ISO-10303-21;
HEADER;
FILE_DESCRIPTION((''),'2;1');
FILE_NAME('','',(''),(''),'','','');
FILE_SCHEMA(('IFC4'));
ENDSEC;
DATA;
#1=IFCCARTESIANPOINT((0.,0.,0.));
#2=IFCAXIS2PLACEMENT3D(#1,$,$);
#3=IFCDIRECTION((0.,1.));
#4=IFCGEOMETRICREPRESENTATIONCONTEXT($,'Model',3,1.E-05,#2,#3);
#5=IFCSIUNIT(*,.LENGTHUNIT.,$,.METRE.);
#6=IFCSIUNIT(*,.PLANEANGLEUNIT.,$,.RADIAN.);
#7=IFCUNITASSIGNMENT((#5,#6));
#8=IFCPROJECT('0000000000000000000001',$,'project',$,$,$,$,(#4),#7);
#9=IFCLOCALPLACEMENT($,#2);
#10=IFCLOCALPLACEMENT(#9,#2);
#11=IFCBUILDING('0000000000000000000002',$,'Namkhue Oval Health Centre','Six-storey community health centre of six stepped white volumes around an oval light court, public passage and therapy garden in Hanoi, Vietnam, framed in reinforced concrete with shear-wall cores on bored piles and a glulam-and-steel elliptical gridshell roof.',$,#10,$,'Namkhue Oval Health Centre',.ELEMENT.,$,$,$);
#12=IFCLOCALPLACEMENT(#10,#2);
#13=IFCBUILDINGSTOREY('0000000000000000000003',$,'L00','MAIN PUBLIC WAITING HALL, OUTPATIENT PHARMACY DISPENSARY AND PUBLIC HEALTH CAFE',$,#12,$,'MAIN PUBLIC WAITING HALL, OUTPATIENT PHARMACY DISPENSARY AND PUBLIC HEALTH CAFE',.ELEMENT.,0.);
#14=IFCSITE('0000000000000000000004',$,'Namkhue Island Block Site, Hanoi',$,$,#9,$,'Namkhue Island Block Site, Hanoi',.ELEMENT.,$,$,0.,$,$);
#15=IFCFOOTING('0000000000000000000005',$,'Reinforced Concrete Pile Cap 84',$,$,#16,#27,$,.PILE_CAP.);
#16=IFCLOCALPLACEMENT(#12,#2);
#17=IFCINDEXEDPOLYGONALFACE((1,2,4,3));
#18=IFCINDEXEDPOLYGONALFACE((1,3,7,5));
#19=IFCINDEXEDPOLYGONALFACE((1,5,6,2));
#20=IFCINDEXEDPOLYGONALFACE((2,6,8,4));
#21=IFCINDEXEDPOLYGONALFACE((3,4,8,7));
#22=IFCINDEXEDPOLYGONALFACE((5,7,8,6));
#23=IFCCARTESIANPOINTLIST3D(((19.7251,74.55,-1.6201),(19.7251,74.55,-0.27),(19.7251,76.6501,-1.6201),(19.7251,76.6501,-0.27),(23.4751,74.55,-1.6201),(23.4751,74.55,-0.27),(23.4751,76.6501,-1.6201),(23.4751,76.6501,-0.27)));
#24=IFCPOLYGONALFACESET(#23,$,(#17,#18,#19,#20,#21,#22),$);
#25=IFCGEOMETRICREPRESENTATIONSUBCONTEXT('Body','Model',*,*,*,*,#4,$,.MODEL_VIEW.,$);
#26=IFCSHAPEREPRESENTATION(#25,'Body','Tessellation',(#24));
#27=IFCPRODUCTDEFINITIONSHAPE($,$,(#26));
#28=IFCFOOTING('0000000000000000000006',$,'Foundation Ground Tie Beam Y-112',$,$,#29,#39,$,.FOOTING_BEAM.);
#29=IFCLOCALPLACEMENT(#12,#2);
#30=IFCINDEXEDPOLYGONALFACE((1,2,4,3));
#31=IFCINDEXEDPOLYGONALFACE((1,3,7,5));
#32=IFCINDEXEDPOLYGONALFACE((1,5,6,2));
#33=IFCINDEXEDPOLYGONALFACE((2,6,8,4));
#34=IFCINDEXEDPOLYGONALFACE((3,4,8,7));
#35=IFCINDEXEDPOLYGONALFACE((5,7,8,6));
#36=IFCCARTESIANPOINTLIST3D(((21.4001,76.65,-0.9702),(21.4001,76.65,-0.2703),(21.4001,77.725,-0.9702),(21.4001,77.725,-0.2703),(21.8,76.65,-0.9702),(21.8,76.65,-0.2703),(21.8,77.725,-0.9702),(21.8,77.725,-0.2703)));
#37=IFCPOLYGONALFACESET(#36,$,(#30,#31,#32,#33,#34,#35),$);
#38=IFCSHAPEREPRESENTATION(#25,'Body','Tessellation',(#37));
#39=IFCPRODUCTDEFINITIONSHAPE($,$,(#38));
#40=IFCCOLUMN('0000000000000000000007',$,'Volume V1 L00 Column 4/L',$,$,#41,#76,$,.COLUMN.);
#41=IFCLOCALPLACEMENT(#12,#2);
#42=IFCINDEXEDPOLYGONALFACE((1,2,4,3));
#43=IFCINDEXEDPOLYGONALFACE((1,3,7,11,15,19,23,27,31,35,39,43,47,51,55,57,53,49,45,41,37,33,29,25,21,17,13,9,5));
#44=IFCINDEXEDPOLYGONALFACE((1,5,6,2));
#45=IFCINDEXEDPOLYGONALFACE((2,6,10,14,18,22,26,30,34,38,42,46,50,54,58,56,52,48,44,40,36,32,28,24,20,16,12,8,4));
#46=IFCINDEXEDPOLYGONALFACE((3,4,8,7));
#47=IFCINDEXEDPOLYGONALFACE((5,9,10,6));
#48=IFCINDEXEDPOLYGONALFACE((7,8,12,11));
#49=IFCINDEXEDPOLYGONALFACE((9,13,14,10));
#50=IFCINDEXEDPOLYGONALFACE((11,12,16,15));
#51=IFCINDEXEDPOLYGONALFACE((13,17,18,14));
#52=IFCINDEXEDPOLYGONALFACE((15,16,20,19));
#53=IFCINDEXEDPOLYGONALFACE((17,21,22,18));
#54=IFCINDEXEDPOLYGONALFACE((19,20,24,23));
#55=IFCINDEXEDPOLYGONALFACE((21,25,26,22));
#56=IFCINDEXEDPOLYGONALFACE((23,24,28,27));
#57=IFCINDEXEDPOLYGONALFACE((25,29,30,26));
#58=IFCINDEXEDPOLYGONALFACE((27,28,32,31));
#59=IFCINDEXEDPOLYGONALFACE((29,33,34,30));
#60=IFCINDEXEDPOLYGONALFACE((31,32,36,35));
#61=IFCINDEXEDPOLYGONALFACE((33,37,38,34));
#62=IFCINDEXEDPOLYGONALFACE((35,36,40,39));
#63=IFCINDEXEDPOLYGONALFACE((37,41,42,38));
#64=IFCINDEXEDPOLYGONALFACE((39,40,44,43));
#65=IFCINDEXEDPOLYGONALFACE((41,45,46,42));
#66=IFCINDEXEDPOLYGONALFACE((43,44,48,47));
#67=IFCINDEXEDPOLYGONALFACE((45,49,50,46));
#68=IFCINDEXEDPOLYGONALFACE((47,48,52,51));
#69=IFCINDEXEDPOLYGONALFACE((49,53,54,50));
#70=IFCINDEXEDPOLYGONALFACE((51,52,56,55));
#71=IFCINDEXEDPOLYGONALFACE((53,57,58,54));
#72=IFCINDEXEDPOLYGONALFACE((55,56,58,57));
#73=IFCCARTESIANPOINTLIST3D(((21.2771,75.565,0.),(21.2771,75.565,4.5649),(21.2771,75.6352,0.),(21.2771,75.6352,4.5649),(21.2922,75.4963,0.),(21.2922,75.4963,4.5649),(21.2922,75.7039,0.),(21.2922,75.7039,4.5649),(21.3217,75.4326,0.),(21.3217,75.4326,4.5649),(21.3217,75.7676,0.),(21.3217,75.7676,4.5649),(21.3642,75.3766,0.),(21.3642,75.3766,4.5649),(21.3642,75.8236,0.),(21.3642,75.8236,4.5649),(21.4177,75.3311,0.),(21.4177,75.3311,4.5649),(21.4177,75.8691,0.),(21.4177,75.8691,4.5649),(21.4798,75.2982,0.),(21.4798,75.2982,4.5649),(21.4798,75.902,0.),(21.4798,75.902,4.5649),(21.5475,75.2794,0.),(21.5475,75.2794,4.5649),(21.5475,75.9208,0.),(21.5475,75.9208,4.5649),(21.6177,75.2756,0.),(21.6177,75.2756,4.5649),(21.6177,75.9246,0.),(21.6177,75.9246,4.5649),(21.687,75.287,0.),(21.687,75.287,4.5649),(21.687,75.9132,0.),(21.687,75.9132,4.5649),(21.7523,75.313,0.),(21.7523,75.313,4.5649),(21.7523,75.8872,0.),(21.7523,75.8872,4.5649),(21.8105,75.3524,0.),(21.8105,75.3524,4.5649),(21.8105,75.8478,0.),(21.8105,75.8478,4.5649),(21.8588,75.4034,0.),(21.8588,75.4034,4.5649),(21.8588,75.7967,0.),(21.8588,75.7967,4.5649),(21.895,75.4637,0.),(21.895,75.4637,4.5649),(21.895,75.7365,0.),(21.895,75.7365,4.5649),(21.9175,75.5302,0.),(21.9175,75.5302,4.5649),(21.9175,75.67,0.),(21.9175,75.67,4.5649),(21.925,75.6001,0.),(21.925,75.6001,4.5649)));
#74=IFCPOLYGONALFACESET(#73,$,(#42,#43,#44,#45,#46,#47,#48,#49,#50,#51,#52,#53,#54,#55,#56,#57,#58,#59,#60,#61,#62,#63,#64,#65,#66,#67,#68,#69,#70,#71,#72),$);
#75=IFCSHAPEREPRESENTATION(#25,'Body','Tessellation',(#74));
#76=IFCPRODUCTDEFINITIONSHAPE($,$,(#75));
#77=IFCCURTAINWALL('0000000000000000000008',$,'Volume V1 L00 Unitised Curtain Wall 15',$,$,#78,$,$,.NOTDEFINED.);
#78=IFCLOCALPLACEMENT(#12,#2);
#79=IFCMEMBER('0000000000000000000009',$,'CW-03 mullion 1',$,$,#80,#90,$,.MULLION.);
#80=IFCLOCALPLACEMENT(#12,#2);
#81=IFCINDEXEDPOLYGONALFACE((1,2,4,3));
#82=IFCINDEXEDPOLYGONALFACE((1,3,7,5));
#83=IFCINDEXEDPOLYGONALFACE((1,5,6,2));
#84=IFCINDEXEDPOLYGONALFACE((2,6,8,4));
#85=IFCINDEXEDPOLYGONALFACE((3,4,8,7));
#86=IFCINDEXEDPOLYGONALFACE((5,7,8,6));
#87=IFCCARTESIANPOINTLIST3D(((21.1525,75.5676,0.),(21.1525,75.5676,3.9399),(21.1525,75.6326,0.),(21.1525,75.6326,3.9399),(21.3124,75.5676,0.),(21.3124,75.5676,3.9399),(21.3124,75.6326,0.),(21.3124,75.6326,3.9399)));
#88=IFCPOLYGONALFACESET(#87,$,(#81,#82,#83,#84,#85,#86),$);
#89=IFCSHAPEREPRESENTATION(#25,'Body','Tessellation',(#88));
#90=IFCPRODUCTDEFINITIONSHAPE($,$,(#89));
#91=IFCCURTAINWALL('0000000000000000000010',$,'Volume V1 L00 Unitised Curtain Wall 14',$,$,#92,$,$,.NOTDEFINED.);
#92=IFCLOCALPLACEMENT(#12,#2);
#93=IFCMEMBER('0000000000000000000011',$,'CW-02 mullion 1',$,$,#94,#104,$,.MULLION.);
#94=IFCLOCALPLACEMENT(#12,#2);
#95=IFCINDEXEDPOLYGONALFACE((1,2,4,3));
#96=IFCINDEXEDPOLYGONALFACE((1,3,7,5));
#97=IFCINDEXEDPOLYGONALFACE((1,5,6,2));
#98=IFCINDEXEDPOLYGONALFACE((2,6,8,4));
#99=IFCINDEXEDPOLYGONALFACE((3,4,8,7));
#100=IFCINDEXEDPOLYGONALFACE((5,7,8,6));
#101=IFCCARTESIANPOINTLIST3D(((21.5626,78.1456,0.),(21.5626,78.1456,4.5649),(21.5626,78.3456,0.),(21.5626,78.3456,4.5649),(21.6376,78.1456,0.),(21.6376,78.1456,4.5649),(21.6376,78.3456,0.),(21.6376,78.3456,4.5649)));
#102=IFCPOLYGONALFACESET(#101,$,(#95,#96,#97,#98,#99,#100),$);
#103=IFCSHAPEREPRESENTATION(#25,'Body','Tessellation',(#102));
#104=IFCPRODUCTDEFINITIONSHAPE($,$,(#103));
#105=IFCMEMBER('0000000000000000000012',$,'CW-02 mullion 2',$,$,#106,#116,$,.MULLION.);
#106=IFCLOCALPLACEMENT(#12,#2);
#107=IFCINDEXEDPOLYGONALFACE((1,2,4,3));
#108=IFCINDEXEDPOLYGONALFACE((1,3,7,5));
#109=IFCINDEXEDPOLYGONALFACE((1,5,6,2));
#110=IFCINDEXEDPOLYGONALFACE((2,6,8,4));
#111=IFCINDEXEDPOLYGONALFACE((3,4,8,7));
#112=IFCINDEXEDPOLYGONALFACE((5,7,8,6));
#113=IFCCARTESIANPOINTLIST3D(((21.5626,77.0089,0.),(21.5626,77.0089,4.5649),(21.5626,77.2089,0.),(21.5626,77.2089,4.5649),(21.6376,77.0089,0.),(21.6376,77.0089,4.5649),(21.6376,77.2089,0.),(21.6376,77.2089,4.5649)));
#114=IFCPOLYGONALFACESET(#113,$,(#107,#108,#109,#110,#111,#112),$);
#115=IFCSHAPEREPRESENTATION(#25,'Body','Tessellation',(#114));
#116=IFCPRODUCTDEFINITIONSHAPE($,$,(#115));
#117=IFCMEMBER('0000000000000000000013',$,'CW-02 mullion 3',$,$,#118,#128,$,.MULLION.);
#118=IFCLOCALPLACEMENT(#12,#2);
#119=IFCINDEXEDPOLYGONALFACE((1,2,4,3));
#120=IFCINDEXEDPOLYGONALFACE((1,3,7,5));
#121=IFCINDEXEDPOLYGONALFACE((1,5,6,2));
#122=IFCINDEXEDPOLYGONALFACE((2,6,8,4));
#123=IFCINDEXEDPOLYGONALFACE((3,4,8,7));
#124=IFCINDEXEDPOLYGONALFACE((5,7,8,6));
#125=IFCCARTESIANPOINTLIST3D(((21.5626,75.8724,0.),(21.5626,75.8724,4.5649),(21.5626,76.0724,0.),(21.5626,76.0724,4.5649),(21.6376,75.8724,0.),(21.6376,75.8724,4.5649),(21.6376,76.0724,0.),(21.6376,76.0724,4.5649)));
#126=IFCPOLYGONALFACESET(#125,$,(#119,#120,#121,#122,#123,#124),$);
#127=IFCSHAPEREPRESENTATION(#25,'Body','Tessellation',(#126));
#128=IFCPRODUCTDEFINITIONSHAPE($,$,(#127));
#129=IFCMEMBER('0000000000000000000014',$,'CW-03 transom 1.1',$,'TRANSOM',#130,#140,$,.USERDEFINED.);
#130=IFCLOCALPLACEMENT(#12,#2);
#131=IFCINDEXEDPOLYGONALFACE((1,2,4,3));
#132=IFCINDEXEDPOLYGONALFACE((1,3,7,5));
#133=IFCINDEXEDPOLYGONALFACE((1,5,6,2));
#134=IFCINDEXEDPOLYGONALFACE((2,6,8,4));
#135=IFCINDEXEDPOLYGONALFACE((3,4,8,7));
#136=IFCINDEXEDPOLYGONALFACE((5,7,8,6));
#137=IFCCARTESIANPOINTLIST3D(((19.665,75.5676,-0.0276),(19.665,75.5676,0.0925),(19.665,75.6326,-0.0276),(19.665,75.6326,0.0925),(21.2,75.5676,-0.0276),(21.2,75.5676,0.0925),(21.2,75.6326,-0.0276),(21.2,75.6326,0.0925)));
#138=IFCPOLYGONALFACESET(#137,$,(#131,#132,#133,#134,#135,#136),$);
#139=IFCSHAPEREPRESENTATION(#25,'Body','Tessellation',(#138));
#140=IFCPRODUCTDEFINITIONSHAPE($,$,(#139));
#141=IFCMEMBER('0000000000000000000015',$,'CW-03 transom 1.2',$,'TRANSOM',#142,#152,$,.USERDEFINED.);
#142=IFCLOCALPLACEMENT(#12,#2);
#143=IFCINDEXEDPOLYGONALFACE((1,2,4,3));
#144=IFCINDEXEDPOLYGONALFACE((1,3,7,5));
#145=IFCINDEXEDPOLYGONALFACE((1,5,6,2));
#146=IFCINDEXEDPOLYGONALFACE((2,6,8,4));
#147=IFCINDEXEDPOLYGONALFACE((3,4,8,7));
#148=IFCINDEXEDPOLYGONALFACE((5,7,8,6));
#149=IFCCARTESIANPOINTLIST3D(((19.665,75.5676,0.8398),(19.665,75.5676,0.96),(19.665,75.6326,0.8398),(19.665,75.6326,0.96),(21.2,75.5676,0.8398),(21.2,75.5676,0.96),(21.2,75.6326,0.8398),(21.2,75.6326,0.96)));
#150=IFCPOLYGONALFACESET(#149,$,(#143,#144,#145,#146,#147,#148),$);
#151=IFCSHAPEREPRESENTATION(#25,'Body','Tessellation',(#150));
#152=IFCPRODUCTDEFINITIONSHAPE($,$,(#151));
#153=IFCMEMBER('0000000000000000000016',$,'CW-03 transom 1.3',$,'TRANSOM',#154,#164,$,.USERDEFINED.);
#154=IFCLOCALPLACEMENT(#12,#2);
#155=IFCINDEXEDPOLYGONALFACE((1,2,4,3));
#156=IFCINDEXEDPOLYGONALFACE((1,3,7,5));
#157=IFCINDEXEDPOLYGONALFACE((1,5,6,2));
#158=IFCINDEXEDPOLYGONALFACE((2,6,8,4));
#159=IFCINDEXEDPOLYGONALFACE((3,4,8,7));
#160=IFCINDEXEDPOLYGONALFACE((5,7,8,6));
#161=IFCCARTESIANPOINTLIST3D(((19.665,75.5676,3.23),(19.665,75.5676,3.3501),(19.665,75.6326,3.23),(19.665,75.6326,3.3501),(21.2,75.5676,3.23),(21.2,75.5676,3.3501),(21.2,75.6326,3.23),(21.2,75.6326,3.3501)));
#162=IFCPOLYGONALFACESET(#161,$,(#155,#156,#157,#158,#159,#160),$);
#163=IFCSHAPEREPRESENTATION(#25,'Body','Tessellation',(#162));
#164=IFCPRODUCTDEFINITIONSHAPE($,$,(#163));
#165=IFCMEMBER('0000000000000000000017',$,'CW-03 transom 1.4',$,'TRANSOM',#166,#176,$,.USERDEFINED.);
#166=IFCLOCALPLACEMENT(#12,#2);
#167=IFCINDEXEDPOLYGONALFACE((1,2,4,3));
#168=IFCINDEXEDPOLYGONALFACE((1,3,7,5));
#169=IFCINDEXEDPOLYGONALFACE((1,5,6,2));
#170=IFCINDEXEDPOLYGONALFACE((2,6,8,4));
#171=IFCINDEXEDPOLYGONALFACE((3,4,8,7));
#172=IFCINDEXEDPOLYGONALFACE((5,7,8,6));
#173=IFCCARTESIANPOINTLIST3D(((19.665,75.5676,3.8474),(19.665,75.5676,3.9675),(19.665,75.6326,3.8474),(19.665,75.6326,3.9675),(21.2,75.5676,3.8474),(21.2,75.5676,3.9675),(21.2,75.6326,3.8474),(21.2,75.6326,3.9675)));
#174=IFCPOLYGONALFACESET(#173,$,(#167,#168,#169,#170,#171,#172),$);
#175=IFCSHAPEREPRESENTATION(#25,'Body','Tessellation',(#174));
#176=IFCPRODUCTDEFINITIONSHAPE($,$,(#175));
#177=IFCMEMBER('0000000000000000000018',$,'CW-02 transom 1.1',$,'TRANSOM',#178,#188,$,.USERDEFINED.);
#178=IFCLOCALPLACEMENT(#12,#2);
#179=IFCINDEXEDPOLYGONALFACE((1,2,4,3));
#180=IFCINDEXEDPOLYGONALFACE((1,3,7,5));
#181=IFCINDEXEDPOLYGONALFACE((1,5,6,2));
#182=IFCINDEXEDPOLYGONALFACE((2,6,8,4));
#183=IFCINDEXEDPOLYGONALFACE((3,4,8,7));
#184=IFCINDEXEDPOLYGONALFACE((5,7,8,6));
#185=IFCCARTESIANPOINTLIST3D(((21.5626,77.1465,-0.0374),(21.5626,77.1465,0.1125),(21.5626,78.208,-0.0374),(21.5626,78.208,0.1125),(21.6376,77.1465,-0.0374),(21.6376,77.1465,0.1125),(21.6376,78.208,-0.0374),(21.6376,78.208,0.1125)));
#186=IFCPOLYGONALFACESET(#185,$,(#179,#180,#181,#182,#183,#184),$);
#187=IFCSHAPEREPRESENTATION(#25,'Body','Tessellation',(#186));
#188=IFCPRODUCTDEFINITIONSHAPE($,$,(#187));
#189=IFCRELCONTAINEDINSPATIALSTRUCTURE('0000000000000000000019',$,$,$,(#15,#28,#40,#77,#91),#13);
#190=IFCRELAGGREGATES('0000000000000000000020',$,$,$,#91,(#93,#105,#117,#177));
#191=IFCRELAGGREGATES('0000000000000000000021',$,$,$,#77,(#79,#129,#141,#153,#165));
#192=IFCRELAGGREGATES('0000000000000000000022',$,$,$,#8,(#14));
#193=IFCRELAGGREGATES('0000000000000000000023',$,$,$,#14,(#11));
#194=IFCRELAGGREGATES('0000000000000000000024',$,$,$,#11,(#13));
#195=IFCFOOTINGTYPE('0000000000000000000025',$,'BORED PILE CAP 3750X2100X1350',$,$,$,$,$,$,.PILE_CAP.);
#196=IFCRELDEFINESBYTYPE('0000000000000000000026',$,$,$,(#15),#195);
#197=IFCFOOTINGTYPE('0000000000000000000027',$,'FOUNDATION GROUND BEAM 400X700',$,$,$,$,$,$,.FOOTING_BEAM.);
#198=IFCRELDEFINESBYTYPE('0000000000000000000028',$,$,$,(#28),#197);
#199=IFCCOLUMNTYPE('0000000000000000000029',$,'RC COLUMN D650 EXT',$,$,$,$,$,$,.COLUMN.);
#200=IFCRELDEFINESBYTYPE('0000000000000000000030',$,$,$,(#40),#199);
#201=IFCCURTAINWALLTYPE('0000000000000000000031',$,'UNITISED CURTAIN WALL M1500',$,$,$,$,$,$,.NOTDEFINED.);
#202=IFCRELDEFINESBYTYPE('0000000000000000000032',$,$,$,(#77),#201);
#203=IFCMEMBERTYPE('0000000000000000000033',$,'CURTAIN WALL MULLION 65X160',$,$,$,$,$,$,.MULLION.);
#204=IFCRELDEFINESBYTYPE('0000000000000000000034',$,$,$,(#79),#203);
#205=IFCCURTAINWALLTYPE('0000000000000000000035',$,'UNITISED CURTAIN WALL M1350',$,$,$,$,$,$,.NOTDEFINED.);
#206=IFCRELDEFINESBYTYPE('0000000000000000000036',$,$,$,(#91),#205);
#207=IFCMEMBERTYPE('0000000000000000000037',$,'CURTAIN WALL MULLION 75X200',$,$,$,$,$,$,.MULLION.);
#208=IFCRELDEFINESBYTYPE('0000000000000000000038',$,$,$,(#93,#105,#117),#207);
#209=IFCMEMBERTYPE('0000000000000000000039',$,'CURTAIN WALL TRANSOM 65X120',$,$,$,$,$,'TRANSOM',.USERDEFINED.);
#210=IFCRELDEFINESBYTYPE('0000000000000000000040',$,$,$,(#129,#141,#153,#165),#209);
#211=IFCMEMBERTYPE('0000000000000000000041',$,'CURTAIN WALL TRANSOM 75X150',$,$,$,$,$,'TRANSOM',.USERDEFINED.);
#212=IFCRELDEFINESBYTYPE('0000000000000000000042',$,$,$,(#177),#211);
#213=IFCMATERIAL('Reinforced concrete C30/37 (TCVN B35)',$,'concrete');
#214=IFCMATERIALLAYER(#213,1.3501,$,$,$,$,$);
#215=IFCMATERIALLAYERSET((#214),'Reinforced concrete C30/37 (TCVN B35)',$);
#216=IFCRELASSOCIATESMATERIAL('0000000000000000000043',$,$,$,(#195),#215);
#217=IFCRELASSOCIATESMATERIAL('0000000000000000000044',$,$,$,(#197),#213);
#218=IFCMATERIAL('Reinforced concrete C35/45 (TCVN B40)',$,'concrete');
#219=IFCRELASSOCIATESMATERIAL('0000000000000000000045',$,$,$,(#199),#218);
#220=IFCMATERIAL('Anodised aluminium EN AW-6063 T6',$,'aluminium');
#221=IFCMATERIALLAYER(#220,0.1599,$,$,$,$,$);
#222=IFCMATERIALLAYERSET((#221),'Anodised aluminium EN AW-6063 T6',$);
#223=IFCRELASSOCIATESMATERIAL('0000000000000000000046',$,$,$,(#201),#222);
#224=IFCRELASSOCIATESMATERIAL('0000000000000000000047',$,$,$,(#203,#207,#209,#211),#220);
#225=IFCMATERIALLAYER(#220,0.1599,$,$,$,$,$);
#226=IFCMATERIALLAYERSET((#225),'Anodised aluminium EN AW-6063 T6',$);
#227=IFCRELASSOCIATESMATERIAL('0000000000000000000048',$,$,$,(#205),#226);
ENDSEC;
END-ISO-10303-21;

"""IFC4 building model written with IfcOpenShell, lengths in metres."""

from ifc_helpers import new_model, si_unit, direction, frame, origin, origin_2d, place, context, subcontext, project, spatial, rectangle, circle, extrude, material, layer, layer_set, material_profile, profile_set, type_object, element, aggregate, save


model = new_model("IFC4")

# Units and contexts
model_context = context("Model", 3, precision=1e-05, world=origin(), true_north=direction((0.0, 1.0)))
body_context = subcontext(model_context, "Body", "Model", "MODEL_VIEW")
ifc_project = project(units=[si_unit("LENGTHUNIT", "METRE"), si_unit("PLANEANGLEUNIT", "RADIAN")], contexts=[model_context])

# Site, building, storey
site_placement = place(None, origin())
site = spatial("IfcSite", under=ifc_project, at=site_placement, Name="Namkhue Island Block Site, Hanoi", LongName="Namkhue Island Block Site, Hanoi", CompositionType="ELEMENT", RefElevation=0.0)
building_placement = place(site_placement, origin())
building = spatial("IfcBuilding", under=site, at=building_placement, Name="Namkhue Oval Health Centre", Description="Six-storey community health centre of six stepped white volumes around an oval light court, public passage and therapy garden in Hanoi, Vietnam, framed in reinforced concrete with shear-wall cores on bored piles and a glulam-and-steel elliptical gridshell roof.", LongName="Namkhue Oval Health Centre", CompositionType="ELEMENT")
storey_placement = place(building_placement, origin())
storey = spatial("IfcBuildingStorey", under=building, at=storey_placement, Name="L00", Description="MAIN PUBLIC WAITING HALL, OUTPATIENT PHARMACY DISPENSARY AND PUBLIC HEALTH CAFE", LongName="MAIN PUBLIC WAITING HALL, OUTPATIENT PHARMACY DISPENSARY AND PUBLIC HEALTH CAFE", CompositionType="ELEMENT", Elevation=0.0)

# Footings
ifc_material_1 = material(Name="Reinforced concrete C30/37 (TCVN B35)", Category="concrete")
ifc_layer_1 = layer(ifc_material_1, 1.3501)
ifc_layer_set_1 = layer_set([ifc_layer_1], Name="Reinforced concrete C30/37 (TCVN B35)")
footing_type_1 = type_object("IfcFootingType", Name="BORED PILE CAP 3750X2100X1350", PredefinedType="PILE_CAP", material=ifc_layer_set_1)
footing_1_placement = place(storey_placement, frame((21.6001, 75.6001, -1.6201), z_axis=(0.0, 0.0, 1.0), x_axis=(1.0, 0.0, 0.0)))
element("IfcFooting", 1, at=footing_1_placement, inside=storey, type_object=footing_type_1, Name="Reinforced Concrete Pile Cap 84", PredefinedType="PILE_CAP", context=body_context, shape_type="SweptSolid", body=[
    extrude(rectangle(XDim=3.75, YDim=2.1001, at=origin_2d()), origin(), (0.0, 0.0, 1.0), 1.3501),
])
footing_type_2 = type_object("IfcFootingType", Name="FOUNDATION GROUND BEAM 400X700", PredefinedType="FOOTING_BEAM", material=ifc_material_1)
footing_2_placement = place(storey_placement, frame((21.6001, 77.1875, -0.9702), z_axis=(0.0, 0.0, 1.0), x_axis=(0.0, 1.0, 0.0)))
element("IfcFooting", 2, at=footing_2_placement, inside=storey, type_object=footing_type_2, Name="Foundation Ground Tie Beam Y-112", PredefinedType="FOOTING_BEAM", context=body_context, shape_type="SweptSolid", body=[
    extrude(rectangle(XDim=1.075, YDim=0.3999, at=origin_2d()), origin(), (0.0, 0.0, 1.0), 0.7),
])

# Column
ifc_material_2 = material(Name="Reinforced concrete C35/45 (TCVN B40)", Category="concrete")
ifc_material_profile_1 = material_profile(ifc_material_2, circle(Radius=0.325, at=origin_2d()), Name="RC D650")
ifc_profile_set_1 = profile_set([ifc_material_profile_1], Name="Reinforced concrete C35/45 (TCVN B40)")
column_type = type_object("IfcColumnType", Name="RC COLUMN D650 EXT", PredefinedType="COLUMN", material=ifc_profile_set_1)
column_placement = place(storey_placement, frame((21.6001, 75.6001, 0.0), z_axis=(0.0, 0.0, 1.0), x_axis=(1.0, 0.0, 0.0)))
element("IfcColumn", 3, at=column_placement, inside=storey, type_object=column_type, Name="Volume V1 L00 Column 4/L", PredefinedType="COLUMN", context=body_context, shape_type="SweptSolid", body=[
    extrude(circle(Radius=0.325, at=origin_2d()), origin(), (0.0, 0.0, 1.0), 4.5649),
])

# Curtain wall, member
ifc_material_3 = material(Name="Anodised aluminium EN AW-6063 T6", Category="aluminium")
ifc_layer_2 = layer(ifc_material_3, 0.1599)
ifc_layer_set_2 = layer_set([ifc_layer_2], Name="Anodised aluminium EN AW-6063 T6")
curtain_wall_type_1 = type_object("IfcCurtainWallType", Name="UNITISED CURTAIN WALL M1500", PredefinedType="NOTDEFINED", material=ifc_layer_set_2)
curtain_wall_1_placement = place(storey_placement, origin())
curtain_wall_1 = element("IfcCurtainWall", 4, at=curtain_wall_1_placement, inside=storey, type_object=curtain_wall_type_1, Name="Volume V1 L00 Unitised Curtain Wall 15", PredefinedType="NOTDEFINED")
ifc_material_profile_2 = material_profile(ifc_material_3, rectangle(XDim=0.0649, YDim=0.1599, at=origin_2d()), Name="ALU 65x160")
ifc_profile_set_2 = profile_set([ifc_material_profile_2], Name="Anodised aluminium EN AW-6063 T6")
member_type_1 = type_object("IfcMemberType", Name="CURTAIN WALL MULLION 65X160", PredefinedType="MULLION", material=ifc_profile_set_2)
member_1_placement = place(storey_placement, frame((21.2324, 75.6001, 0.0), z_axis=(0.0, 0.0, 1.0), x_axis=(0.0, -1.0, 0.0)))
member_1 = element("IfcMember", 5, at=member_1_placement, type_object=member_type_1, Name="CW-03 mullion 1", PredefinedType="MULLION", context=body_context, shape_type="SweptSolid", body=[
    extrude(rectangle(XDim=0.0649, YDim=0.1599, at=origin_2d()), origin(), (0.0, 0.0, 1.0), 3.9399),
])

# Curtain wall, members
ifc_layer_3 = layer(ifc_material_3, 0.1599)
ifc_layer_set_3 = layer_set([ifc_layer_3], Name="Anodised aluminium EN AW-6063 T6")
curtain_wall_type_2 = type_object("IfcCurtainWallType", Name="UNITISED CURTAIN WALL M1350", PredefinedType="NOTDEFINED", material=ifc_layer_set_3)
curtain_wall_2_placement = place(storey_placement, origin())
curtain_wall_2 = element("IfcCurtainWall", 6, at=curtain_wall_2_placement, inside=storey, type_object=curtain_wall_type_2, Name="Volume V1 L00 Unitised Curtain Wall 14", PredefinedType="NOTDEFINED")
ifc_material_profile_3 = material_profile(ifc_material_3, rectangle(XDim=0.075, YDim=0.2, at=origin_2d()), Name="ALU 75x200")
ifc_profile_set_3 = profile_set([ifc_material_profile_3], Name="Anodised aluminium EN AW-6063 T6")
member_type_2 = type_object("IfcMemberType", Name="CURTAIN WALL MULLION 75X200", PredefinedType="MULLION", material=ifc_profile_set_3)
member_2_placement = place(storey_placement, frame((21.6001, 78.2456, 0.0), z_axis=(0.0, 0.0, 1.0), x_axis=(1.0, 0.0, 0.0)))
member_2 = element("IfcMember", 7, at=member_2_placement, type_object=member_type_2, Name="CW-02 mullion 1", PredefinedType="MULLION", context=body_context, shape_type="SweptSolid", body=[
    extrude(rectangle(XDim=0.075, YDim=0.2, at=origin_2d()), origin(), (0.0, 0.0, 1.0), 4.5649),
])
member_3_placement = place(storey_placement, frame((21.6001, 77.1089, 0.0), z_axis=(0.0, 0.0, 1.0), x_axis=(1.0, 0.0, 0.0)))
member_3 = element("IfcMember", 8, at=member_3_placement, type_object=member_type_2, Name="CW-02 mullion 2", PredefinedType="MULLION", context=body_context, shape_type="SweptSolid", body=[
    extrude(rectangle(XDim=0.075, YDim=0.2, at=origin_2d()), origin(), (0.0, 0.0, 1.0), 4.5649),
])
member_4_placement = place(storey_placement, frame((21.6001, 75.9724, 0.0), z_axis=(0.0, 0.0, 1.0), x_axis=(1.0, 0.0, 0.0)))
member_4 = element("IfcMember", 9, at=member_4_placement, type_object=member_type_2, Name="CW-02 mullion 3", PredefinedType="MULLION", context=body_context, shape_type="SweptSolid", body=[
    extrude(rectangle(XDim=0.075, YDim=0.2, at=origin_2d()), origin(), (0.0, 0.0, 1.0), 4.5649),
])

# Members
ifc_material_profile_4 = material_profile(ifc_material_3, rectangle(XDim=0.0649, YDim=0.1201, at=origin_2d()), Name="ALU 65x120")
ifc_profile_set_4 = profile_set([ifc_material_profile_4], Name="Anodised aluminium EN AW-6063 T6")
member_type_3 = type_object("IfcMemberType", Name="CURTAIN WALL TRANSOM 65X120", ElementType="TRANSOM", PredefinedType="USERDEFINED", material=ifc_profile_set_4)
member_5_placement = place(storey_placement, frame((21.2, 75.6001, 0.0325), z_axis=(-1.0, 0.0, 0.0), x_axis=(0.0, -1.0, 0.0)))
member_5 = element("IfcMember", 10, at=member_5_placement, type_object=member_type_3, Name="CW-03 transom 1.1", ObjectType="TRANSOM", PredefinedType="USERDEFINED", context=body_context, shape_type="SweptSolid", body=[
    extrude(rectangle(XDim=0.0649, YDim=0.1201, at=origin_2d()), origin(), (0.0, 0.0, 1.0), 1.5349),
])
member_6_placement = place(storey_placement, frame((21.2, 75.6001, 0.8999), z_axis=(-1.0, 0.0, 0.0), x_axis=(0.0, -1.0, 0.0)))
member_6 = element("IfcMember", 11, at=member_6_placement, type_object=member_type_3, Name="CW-03 transom 1.2", ObjectType="TRANSOM", PredefinedType="USERDEFINED", context=body_context, shape_type="SweptSolid", body=[
    extrude(rectangle(XDim=0.0649, YDim=0.1201, at=origin_2d()), origin(), (0.0, 0.0, 1.0), 1.5349),
])
member_7_placement = place(storey_placement, frame((21.2, 75.6001, 3.29), z_axis=(-1.0, 0.0, 0.0), x_axis=(0.0, -1.0, 0.0)))
member_7 = element("IfcMember", 12, at=member_7_placement, type_object=member_type_3, Name="CW-03 transom 1.3", ObjectType="TRANSOM", PredefinedType="USERDEFINED", context=body_context, shape_type="SweptSolid", body=[
    extrude(rectangle(XDim=0.0649, YDim=0.1201, at=origin_2d()), origin(), (0.0, 0.0, 1.0), 1.5349),
])
member_8_placement = place(storey_placement, frame((21.2, 75.6001, 3.9075), z_axis=(-1.0, 0.0, 0.0), x_axis=(0.0, -1.0, 0.0)))
member_8 = element("IfcMember", 13, at=member_8_placement, type_object=member_type_3, Name="CW-03 transom 1.4", ObjectType="TRANSOM", PredefinedType="USERDEFINED", context=body_context, shape_type="SweptSolid", body=[
    extrude(rectangle(XDim=0.0649, YDim=0.1201, at=origin_2d()), origin(), (0.0, 0.0, 1.0), 1.5349),
])
ifc_material_profile_5 = material_profile(ifc_material_3, rectangle(XDim=0.075, YDim=0.1499, at=origin_2d()), Name="ALU 75x150")
ifc_profile_set_5 = profile_set([ifc_material_profile_5], Name="Anodised aluminium EN AW-6063 T6")
member_type_4 = type_object("IfcMemberType", Name="CURTAIN WALL TRANSOM 75X150", ElementType="TRANSOM", PredefinedType="USERDEFINED", material=ifc_profile_set_5)
member_9_placement = place(storey_placement, frame((21.6001, 78.208, 0.0376), z_axis=(0.0, -1.0, 0.0), x_axis=(1.0, 0.0, 0.0)))
member_9 = element("IfcMember", 14, at=member_9_placement, type_object=member_type_4, Name="CW-02 transom 1.1", ObjectType="TRANSOM", PredefinedType="USERDEFINED", context=body_context, shape_type="SweptSolid", body=[
    extrude(rectangle(XDim=0.075, YDim=0.1499, at=origin_2d()), origin(), (0.0, 0.0, 1.0), 1.0615),
])

aggregate(curtain_wall_2, [member_2, member_3, member_4, member_9])
aggregate(curtain_wall_1, [member_1, member_5, member_6, member_7, member_8])

save(model, "model.ifc")
